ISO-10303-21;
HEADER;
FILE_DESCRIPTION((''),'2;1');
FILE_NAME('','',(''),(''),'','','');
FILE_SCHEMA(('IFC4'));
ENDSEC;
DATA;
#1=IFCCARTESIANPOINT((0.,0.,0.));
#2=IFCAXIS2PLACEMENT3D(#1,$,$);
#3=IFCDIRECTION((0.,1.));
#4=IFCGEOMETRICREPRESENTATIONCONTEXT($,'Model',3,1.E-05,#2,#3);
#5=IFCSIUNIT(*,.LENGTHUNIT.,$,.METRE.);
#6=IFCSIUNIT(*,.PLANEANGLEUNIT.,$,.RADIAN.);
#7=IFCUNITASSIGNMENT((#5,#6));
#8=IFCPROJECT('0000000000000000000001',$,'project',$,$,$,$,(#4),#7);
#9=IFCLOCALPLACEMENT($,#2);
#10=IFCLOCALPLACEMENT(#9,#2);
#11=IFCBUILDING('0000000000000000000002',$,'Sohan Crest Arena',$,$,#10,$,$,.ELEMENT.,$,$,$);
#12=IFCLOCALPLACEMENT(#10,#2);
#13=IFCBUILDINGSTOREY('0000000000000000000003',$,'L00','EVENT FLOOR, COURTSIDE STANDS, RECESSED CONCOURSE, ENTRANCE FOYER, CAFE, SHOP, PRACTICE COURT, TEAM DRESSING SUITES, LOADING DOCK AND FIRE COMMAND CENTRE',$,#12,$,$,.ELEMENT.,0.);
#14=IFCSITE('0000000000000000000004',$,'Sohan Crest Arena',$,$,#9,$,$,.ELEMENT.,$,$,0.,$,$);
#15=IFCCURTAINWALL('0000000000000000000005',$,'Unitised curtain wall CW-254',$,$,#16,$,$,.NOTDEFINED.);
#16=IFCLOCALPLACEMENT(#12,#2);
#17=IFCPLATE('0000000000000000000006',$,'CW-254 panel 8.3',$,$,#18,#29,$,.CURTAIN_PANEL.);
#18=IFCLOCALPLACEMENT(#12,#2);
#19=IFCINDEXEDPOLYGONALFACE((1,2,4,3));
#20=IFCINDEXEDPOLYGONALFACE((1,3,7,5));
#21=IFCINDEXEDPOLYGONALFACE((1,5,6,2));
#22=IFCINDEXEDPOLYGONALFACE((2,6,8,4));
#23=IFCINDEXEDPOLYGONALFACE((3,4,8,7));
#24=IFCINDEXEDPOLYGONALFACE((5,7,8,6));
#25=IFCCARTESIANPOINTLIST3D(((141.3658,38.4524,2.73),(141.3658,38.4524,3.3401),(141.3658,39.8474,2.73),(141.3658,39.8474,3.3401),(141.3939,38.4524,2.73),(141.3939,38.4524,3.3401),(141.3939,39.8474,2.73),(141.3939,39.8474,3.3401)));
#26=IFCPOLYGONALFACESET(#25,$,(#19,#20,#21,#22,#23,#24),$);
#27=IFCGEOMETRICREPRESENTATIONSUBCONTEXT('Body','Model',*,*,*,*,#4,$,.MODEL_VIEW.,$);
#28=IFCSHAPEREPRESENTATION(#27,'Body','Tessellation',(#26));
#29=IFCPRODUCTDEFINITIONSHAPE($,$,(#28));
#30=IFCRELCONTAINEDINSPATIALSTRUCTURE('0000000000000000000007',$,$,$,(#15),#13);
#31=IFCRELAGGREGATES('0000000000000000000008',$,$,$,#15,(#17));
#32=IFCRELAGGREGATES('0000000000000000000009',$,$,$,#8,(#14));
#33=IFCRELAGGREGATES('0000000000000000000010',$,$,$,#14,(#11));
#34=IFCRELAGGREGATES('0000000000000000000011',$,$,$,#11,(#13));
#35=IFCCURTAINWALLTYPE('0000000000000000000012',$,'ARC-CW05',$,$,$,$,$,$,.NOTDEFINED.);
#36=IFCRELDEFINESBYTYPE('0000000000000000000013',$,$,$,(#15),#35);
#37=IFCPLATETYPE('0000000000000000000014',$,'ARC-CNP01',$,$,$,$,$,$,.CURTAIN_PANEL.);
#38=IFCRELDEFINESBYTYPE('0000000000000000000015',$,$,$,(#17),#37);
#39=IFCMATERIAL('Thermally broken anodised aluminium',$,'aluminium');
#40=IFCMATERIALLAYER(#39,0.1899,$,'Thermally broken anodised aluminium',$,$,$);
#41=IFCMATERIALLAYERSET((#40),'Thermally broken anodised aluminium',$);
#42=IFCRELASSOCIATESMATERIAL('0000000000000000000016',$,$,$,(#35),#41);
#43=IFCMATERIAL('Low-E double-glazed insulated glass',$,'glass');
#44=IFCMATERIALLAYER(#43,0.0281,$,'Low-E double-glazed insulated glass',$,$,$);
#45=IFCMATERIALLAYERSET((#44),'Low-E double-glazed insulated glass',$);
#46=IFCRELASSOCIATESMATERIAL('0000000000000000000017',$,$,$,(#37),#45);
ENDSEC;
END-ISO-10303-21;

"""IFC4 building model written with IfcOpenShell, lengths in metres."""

from ifc_helpers import new_model, si_unit, direction, frame, origin, origin_2d, place, context, subcontext, project, spatial, rectangle, extrude, material, layer, layer_set, type_object, element, aggregate, save


model = new_model("IFC4")

# Units and contexts
model_context = context("Model", 3, precision=1e-05, world=origin(), true_north=direction((0.0, 1.0)))
body_context = subcontext(model_context, "Body", "Model", "MODEL_VIEW")
ifc_project = project(units=[si_unit("LENGTHUNIT", "METRE"), si_unit("PLANEANGLEUNIT", "RADIAN")], contexts=[model_context])

# Site, building, storey
site_placement = place(None, origin())
site = spatial("IfcSite", under=ifc_project, at=site_placement, Name="Sohan Crest Arena", CompositionType="ELEMENT", RefElevation=0.0)
building_placement = place(site_placement, origin())
building = spatial("IfcBuilding", under=site, at=building_placement, Name="Sohan Crest Arena", CompositionType="ELEMENT")
storey_placement = place(building_placement, origin())
storey = spatial("IfcBuildingStorey", under=building, at=storey_placement, Name="L00", Description="EVENT FLOOR, COURTSIDE STANDS, RECESSED CONCOURSE, ENTRANCE FOYER, CAFE, SHOP, PRACTICE COURT, TEAM DRESSING SUITES, LOADING DOCK AND FIRE COMMAND CENTRE", CompositionType="ELEMENT", Elevation=0.0)

# Shared definitions
ifc_material_1 = material(Name="Thermally broken anodised aluminium", Category="aluminium")

# Curtain wall
ifc_layer_1 = layer(ifc_material_1, 0.1899, Name="Thermally broken anodised aluminium")
ifc_layer_set_1 = layer_set([ifc_layer_1], Name="Thermally broken anodised aluminium")
curtain_wall_type_1 = type_object("IfcCurtainWallType", Name="ARC-CW05", PredefinedType="NOTDEFINED", material=ifc_layer_set_1)
curtain_wall_1_placement = place(storey_placement, origin())
curtain_wall_1 = element("IfcCurtainWall", 1, at=curtain_wall_1_placement, inside=storey, type_object=curtain_wall_type_1, Name="Unitised curtain wall CW-254", PredefinedType="NOTDEFINED")

# Plate
ifc_material_2 = material(Name="Low-E double-glazed insulated glass", Category="glass")
ifc_layer_2 = layer(ifc_material_2, 0.0281, Name="Low-E double-glazed insulated glass")
ifc_layer_set_2 = layer_set([ifc_layer_2], Name="Low-E double-glazed insulated glass")
plate_type = type_object("IfcPlateType", Name="ARC-CNP01", PredefinedType="CURTAIN_PANEL", material=ifc_layer_set_2)
plate_1_placement = place(storey_placement, frame((141.3799, 39.1499, 2.73), z_axis=(0.0, 0.0, 1.0), x_axis=(0.0, 1.0, 0.0)))
plate_1 = element("IfcPlate", 2, at=plate_1_placement, type_object=plate_type, Name="CW-254 panel 8.3", PredefinedType="CURTAIN_PANEL", context=body_context, shape_type="SweptSolid", body=[
    extrude(rectangle(XDim=1.395, YDim=0.0281, at=origin_2d()), origin(), (0.0, 0.0, 1.0), 0.6101),
])
aggregate(curtain_wall_1, [plate_1])

save(model, "model.ifc")
